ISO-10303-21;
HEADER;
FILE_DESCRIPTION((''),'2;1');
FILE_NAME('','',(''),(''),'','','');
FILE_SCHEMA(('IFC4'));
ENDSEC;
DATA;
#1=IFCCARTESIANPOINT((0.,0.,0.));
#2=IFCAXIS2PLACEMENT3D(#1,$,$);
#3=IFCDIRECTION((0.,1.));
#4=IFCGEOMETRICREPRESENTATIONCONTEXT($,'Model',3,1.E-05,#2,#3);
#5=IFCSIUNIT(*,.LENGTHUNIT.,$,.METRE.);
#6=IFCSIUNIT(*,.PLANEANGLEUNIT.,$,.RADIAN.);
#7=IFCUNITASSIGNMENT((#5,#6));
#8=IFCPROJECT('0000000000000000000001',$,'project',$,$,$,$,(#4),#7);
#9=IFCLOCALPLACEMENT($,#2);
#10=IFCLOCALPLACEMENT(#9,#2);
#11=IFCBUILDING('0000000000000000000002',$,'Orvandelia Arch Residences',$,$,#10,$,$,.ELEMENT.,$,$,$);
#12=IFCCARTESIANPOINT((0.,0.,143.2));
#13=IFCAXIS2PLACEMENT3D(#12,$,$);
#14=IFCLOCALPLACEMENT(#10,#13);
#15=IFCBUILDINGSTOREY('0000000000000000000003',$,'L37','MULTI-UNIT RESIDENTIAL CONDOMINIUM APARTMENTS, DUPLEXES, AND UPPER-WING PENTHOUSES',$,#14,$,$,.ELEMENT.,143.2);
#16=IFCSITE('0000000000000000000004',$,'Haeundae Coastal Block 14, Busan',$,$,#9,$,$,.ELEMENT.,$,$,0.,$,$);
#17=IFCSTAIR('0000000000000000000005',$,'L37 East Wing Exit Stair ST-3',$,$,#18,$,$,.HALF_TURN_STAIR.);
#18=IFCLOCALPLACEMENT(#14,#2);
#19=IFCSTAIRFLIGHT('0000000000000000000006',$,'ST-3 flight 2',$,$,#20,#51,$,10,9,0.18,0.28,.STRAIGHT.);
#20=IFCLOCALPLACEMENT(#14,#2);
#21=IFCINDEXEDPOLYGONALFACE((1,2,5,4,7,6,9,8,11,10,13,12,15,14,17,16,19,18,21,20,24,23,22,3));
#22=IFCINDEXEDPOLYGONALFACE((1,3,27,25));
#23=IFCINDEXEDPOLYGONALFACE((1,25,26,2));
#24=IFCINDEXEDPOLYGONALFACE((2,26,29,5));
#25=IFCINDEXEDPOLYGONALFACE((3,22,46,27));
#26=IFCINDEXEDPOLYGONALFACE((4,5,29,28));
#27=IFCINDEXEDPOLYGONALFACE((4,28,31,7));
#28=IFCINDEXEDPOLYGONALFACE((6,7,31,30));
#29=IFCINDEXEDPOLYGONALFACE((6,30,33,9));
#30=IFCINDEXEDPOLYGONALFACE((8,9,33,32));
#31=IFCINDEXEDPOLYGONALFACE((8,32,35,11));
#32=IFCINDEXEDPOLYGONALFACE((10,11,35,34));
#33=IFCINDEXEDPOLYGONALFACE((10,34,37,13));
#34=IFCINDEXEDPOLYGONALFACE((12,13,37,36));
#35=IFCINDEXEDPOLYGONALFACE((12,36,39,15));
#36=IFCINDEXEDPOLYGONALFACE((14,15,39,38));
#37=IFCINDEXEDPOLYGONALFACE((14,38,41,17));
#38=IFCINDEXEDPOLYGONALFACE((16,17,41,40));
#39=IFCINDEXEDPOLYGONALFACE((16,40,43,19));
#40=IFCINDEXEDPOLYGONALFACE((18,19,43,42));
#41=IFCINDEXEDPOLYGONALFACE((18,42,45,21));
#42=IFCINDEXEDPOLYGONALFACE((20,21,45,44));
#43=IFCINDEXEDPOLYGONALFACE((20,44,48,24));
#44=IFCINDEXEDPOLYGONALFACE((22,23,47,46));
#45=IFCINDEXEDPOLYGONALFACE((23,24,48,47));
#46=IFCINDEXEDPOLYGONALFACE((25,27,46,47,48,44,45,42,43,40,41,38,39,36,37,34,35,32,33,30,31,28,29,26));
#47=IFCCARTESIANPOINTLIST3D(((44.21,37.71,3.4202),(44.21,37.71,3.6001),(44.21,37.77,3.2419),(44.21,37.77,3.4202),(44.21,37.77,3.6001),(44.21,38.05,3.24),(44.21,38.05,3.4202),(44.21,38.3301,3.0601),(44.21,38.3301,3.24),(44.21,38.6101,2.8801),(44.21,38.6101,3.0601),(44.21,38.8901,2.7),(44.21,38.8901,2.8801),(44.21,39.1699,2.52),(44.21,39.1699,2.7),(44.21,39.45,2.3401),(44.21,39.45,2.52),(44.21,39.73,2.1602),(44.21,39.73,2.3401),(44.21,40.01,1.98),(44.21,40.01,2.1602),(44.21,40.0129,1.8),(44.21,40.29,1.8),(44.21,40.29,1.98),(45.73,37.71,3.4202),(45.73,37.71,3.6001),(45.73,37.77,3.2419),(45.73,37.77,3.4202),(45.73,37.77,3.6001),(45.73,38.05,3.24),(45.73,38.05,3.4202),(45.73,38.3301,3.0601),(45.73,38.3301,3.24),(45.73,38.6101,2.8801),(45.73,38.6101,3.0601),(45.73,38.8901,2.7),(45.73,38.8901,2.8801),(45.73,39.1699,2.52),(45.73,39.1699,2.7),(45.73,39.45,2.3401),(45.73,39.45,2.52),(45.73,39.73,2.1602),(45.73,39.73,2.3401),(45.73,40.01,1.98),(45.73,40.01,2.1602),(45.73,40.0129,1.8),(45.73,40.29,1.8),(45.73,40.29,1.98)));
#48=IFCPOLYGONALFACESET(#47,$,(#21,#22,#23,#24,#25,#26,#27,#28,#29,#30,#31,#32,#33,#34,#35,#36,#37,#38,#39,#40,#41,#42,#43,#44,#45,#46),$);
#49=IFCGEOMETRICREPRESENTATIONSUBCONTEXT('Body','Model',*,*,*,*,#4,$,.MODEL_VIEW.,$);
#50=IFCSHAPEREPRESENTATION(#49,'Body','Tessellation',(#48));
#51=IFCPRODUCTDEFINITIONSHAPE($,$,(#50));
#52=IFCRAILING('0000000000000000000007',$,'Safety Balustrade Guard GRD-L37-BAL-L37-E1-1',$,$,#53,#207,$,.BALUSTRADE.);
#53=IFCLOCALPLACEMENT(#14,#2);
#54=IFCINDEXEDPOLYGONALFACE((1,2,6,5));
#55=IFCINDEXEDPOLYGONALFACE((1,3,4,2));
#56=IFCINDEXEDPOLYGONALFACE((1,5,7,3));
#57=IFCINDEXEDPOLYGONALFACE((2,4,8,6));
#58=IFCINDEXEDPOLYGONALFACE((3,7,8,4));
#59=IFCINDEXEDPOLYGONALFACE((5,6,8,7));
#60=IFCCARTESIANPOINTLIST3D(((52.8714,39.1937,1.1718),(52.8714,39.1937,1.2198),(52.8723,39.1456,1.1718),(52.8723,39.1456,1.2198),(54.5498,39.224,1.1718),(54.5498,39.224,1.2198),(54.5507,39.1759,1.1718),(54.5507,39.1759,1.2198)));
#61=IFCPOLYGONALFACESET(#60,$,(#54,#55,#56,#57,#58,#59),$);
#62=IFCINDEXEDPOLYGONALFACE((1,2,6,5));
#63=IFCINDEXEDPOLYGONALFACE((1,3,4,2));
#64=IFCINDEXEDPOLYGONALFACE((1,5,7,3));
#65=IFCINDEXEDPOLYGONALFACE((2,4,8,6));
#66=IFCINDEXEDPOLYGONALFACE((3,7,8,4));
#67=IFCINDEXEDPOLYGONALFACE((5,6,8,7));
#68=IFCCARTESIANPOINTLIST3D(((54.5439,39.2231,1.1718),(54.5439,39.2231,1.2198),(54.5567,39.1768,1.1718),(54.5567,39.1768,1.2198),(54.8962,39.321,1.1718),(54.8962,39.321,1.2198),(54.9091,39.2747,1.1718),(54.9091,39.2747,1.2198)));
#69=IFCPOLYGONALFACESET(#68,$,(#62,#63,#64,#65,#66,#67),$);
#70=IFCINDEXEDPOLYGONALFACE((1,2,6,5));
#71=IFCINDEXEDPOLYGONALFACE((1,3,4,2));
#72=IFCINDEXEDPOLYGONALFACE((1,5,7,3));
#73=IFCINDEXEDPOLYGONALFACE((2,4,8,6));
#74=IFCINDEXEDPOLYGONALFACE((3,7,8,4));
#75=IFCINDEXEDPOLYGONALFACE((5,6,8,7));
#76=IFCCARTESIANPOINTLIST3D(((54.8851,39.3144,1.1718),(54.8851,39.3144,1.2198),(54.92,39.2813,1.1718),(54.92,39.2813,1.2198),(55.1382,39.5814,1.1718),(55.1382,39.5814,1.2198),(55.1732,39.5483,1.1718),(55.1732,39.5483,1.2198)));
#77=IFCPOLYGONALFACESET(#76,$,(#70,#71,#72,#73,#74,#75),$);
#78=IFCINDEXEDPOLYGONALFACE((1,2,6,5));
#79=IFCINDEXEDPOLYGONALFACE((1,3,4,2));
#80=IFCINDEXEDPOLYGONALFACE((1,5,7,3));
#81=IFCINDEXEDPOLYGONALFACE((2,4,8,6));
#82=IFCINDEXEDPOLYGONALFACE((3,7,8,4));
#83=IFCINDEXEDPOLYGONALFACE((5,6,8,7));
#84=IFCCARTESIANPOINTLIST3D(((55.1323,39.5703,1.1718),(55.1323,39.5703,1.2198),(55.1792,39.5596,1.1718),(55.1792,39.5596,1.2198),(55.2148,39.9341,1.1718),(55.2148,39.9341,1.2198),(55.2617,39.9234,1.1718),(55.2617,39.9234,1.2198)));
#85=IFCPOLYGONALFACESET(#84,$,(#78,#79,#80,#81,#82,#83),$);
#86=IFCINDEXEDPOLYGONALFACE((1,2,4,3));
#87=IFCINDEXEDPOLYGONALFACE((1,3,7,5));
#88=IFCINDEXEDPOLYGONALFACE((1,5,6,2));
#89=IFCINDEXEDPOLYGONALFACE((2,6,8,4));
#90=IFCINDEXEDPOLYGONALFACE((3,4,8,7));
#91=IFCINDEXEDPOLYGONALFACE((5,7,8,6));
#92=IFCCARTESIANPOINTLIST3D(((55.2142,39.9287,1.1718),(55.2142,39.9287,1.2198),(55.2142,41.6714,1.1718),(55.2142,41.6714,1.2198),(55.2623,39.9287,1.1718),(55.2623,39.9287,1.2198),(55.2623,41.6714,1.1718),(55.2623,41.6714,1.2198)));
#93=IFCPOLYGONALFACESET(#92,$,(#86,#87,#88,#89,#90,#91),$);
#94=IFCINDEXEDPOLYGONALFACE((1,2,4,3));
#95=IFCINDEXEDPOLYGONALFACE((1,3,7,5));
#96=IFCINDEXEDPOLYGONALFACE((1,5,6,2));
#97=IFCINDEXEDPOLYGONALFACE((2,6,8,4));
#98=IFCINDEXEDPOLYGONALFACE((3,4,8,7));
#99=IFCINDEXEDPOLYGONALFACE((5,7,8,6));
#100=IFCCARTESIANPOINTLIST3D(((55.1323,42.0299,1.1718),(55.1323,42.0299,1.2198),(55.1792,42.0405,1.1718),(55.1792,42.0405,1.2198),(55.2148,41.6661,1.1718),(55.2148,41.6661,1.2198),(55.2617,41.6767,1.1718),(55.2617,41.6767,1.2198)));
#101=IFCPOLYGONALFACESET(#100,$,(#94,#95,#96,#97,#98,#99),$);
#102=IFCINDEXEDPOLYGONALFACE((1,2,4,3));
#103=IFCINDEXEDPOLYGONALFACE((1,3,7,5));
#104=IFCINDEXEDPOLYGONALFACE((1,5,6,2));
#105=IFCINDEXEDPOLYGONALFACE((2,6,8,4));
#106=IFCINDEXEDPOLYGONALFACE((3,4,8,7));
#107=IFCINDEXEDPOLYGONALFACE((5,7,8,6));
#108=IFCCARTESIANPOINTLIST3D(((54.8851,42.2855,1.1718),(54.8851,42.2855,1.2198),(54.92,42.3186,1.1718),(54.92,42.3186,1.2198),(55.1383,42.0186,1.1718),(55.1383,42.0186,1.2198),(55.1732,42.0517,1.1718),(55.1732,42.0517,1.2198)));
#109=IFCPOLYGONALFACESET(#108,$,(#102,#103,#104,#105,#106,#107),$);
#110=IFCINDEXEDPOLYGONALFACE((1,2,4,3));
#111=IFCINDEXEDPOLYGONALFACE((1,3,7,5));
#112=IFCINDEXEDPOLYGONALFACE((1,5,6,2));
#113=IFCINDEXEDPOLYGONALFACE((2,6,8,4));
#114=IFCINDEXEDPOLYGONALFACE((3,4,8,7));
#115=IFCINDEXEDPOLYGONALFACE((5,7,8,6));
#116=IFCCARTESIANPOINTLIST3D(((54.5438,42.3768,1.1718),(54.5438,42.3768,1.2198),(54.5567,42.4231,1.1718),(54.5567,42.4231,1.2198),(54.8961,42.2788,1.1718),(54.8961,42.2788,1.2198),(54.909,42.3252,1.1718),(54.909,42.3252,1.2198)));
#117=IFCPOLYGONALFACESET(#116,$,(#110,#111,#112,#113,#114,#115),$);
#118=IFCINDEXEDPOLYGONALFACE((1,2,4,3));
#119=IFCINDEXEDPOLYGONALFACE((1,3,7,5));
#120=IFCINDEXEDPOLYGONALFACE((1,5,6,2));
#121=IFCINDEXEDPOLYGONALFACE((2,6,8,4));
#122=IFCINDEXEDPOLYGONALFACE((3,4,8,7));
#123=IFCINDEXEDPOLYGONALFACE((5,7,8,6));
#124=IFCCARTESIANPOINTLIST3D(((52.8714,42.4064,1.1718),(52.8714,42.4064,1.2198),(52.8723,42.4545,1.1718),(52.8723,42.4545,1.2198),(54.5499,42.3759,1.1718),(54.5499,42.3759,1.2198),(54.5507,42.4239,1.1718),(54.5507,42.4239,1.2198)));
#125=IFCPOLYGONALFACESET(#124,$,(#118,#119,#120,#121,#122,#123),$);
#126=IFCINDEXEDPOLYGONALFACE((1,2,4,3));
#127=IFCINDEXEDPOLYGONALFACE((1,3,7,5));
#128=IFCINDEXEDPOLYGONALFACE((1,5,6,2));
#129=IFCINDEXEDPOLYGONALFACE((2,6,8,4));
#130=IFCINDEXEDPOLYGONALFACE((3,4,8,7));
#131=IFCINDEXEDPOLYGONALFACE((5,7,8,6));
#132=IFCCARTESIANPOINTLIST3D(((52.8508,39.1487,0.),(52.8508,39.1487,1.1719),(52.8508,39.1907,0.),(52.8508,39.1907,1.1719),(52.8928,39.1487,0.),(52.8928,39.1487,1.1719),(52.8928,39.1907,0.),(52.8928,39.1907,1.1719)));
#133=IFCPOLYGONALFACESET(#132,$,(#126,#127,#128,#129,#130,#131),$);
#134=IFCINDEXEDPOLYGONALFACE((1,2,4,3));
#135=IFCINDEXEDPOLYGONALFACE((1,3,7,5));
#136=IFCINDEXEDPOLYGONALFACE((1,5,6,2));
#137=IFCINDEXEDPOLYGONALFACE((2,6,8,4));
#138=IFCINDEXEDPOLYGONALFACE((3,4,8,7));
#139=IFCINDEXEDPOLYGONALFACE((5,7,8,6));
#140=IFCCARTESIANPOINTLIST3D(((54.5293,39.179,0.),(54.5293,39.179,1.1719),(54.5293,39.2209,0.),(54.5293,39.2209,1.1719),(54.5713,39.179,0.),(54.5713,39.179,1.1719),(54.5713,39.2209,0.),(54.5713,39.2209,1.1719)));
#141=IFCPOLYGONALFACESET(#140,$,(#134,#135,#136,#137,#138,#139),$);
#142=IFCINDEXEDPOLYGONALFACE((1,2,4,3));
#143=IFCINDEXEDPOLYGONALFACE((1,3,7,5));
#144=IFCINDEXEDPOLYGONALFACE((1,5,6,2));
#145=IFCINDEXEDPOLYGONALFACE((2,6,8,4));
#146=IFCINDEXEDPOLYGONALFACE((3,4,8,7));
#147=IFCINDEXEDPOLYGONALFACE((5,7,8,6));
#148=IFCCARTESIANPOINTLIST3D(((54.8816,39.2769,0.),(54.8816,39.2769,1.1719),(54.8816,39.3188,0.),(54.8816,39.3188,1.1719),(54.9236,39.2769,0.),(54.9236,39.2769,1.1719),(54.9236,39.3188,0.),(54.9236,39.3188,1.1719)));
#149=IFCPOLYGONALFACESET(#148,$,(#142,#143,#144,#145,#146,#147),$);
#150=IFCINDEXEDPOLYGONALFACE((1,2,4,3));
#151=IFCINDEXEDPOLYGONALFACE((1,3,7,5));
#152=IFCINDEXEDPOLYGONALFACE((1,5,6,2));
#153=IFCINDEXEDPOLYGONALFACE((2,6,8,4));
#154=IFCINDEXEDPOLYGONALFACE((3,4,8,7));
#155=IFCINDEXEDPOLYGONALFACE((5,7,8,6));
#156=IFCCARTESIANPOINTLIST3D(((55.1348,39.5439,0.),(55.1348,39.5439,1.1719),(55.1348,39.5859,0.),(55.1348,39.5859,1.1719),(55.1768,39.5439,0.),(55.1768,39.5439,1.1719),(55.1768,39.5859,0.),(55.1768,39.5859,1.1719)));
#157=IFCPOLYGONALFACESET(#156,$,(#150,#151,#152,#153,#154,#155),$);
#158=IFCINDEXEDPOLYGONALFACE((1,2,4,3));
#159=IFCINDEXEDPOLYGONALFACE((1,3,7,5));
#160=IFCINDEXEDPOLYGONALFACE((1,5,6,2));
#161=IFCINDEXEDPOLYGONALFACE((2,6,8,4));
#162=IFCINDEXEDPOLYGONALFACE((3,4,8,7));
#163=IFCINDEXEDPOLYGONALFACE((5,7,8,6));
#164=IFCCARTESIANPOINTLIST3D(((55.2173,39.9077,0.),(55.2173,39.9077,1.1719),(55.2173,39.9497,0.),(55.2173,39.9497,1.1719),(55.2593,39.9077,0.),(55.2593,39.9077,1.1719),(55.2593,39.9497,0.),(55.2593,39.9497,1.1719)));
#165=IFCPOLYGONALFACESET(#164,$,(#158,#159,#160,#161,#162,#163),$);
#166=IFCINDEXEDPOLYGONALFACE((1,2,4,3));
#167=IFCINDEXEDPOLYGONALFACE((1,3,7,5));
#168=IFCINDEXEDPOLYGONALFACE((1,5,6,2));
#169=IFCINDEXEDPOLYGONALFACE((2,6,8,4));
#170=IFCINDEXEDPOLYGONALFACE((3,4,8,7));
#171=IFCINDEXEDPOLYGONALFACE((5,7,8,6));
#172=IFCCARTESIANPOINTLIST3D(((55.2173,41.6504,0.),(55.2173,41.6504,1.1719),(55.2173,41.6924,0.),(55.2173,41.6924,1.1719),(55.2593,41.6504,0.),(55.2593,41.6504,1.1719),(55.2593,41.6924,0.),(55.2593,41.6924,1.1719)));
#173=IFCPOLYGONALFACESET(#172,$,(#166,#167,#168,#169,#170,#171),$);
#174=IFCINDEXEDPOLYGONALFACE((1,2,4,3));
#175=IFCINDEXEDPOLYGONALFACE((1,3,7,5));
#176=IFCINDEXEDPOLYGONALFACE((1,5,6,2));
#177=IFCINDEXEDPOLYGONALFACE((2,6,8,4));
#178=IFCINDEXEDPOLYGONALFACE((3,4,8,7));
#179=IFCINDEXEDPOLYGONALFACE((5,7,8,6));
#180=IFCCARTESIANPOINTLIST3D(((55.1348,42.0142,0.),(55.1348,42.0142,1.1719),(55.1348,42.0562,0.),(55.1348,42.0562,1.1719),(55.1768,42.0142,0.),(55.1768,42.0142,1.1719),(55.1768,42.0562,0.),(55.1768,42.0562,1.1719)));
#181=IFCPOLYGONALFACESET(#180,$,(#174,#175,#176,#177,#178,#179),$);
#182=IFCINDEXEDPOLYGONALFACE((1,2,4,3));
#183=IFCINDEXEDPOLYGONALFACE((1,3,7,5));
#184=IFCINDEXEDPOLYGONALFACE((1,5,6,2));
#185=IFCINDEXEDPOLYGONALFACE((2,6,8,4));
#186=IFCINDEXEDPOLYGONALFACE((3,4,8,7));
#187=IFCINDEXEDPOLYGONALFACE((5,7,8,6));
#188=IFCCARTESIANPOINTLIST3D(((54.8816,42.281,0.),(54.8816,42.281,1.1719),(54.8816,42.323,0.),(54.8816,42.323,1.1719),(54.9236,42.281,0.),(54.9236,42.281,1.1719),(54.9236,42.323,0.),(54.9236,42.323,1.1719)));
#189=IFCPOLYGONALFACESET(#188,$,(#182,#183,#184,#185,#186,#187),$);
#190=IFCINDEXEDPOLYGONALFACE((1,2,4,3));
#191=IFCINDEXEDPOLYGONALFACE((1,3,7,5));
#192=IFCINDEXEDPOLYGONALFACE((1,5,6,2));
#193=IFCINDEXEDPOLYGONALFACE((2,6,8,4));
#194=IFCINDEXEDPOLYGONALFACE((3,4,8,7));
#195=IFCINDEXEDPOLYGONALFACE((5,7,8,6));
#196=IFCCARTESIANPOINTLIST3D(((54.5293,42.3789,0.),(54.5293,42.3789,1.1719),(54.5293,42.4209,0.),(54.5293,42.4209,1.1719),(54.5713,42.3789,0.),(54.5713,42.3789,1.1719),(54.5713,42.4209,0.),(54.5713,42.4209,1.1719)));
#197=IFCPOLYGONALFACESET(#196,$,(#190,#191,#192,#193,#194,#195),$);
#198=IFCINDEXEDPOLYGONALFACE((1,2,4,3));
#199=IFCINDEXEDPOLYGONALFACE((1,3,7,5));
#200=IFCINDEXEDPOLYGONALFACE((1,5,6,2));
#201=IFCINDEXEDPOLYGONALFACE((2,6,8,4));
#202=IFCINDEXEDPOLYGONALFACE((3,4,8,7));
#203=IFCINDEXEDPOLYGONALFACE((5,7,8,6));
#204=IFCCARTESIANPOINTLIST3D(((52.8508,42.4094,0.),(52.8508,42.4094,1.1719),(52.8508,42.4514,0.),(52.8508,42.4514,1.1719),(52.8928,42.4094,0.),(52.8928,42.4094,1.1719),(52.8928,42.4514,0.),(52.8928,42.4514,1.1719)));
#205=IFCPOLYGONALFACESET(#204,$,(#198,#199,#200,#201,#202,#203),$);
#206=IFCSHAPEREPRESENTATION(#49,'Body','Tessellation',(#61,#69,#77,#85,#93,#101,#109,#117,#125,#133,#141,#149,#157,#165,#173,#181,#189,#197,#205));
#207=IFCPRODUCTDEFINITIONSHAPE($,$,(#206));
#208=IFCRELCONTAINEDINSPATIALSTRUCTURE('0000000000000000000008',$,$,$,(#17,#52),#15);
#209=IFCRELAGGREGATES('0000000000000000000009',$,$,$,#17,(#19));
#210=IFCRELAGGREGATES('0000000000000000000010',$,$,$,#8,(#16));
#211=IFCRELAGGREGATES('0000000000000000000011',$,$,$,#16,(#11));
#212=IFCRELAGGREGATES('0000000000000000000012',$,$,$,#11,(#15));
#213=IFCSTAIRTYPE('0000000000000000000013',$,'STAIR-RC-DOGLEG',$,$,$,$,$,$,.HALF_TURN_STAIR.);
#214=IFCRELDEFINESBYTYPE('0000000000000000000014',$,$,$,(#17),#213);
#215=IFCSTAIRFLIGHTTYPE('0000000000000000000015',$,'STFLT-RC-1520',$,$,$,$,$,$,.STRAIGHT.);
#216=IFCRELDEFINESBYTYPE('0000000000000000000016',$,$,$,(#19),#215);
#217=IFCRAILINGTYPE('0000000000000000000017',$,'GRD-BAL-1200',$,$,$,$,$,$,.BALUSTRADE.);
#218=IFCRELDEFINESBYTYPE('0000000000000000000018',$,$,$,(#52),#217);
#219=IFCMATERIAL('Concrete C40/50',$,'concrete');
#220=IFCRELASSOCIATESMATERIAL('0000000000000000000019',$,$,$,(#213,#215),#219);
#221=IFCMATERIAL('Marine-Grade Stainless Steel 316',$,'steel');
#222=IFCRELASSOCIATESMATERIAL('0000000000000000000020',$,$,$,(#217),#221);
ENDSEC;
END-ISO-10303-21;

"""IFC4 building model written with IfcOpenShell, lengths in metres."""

from ifc_helpers import new_model, si_unit, direction, frame, origin, origin_2d, place, context, subcontext, project, spatial, polyline, rectangle, outline, extrude, material, type_object, element, aggregate, save


model = new_model("IFC4")

# Units and contexts
model_context = context("Model", 3, precision=1e-05, world=origin(), true_north=direction((0.0, 1.0)))
body_context = subcontext(model_context, "Body", "Model", "MODEL_VIEW")
ifc_project = project(units=[si_unit("LENGTHUNIT", "METRE"), si_unit("PLANEANGLEUNIT", "RADIAN")], contexts=[model_context])

# Site, building, storey
site_placement = place(None, origin())
site = spatial("IfcSite", under=ifc_project, at=site_placement, Name="Haeundae Coastal Block 14, Busan", CompositionType="ELEMENT", RefElevation=0.0)
building_placement = place(site_placement, origin())
building = spatial("IfcBuilding", under=site, at=building_placement, Name="Orvandelia Arch Residences", CompositionType="ELEMENT")
storey_placement = place(building_placement, frame((0.0, 0.0, 143.2)))
storey = spatial("IfcBuildingStorey", under=building, at=storey_placement, Name="L37", Description="MULTI-UNIT RESIDENTIAL CONDOMINIUM APARTMENTS, DUPLEXES, AND UPPER-WING PENTHOUSES", CompositionType="ELEMENT", Elevation=143.2)

# Stair, stair flight
ifc_material_1 = material(Name="Concrete C40/50", Category="concrete")
stair_type = type_object("IfcStairType", Name="STAIR-RC-DOGLEG", PredefinedType="HALF_TURN_STAIR", material=ifc_material_1)
stair_placement = place(storey_placement, origin())
stair = element("IfcStair", 1, at=stair_placement, inside=storey, type_object=stair_type, Name="L37 East Wing Exit Stair ST-3", PredefinedType="HALF_TURN_STAIR")
stair_flight_type = type_object("IfcStairFlightType", Name="STFLT-RC-1520", PredefinedType="STRAIGHT", material=ifc_material_1)
stair_flight_1_placement = place(storey_placement, frame((44.97, 40.29, 1.8), z_axis=(0.0, 0.0, 1.0), x_axis=(0.0, -1.0, 0.0)))
stair_flight_1 = element("IfcStairFlight", 2, at=stair_flight_1_placement, type_object=stair_flight_type, Name="ST-3 flight 2", NumberOfRisers=10, NumberOfTreads=9, PredefinedType="STRAIGHT", RiserHeight=0.18, TreadLength=0.28, context=body_context, shape_type="SweptSolid", body=[
    extrude(outline(polyline([(0.0, 0.0), (0.0, 0.1799), (0.28, 0.1799), (0.28, 0.3601), (0.5601, 0.3601), (0.5601, 0.54), (0.8401, 0.54), (0.8401, 0.72), (1.1201, 0.72), (1.1201, 0.8999), (1.3999, 0.8999), (1.3999, 1.0801), (1.6799, 1.0801), (1.6799, 1.26), (1.96, 1.26), (1.96, 1.4399), (2.24, 1.4399), (2.24, 1.6201), (2.52, 1.6201), (2.52, 1.8), (2.5801, 1.8), (2.5801, 1.6201), (2.52, 1.4419), (0.2771, 0.0), (0.0, 0.0)])), frame((0.0, 0.76, 0.0), z_axis=(0.0, -1.0, 0.0), x_axis=(1.0, 0.0, 0.0)), (0.0, 0.0, 1.0), 1.52),
])
aggregate(stair, [stair_flight_1])

# Railing
ifc_material_2 = material(Name="Marine-Grade Stainless Steel 316", Category="steel")
railing_type_1 = type_object("IfcRailingType", Name="GRD-BAL-1200", PredefinedType="BALUSTRADE", material=ifc_material_2)
railing_1_placement = place(storey_placement, frame((52.8718, 39.1697, 0.0)))
element("IfcRailing", 3, at=railing_1_placement, inside=storey, type_object=railing_type_1, Name="Safety Balustrade Guard GRD-L37-BAL-L37-E1-1", PredefinedType="BALUSTRADE", context=body_context, shape_type="SweptSolid", body=[
    extrude(rectangle(XDim=0.0481, YDim=0.0481, at=origin_2d()), frame((0.0, 0.0, 1.1958), z_axis=(0.999837, 0.018033, 0.0), x_axis=(-0.018033, 0.999837, 0.0)), (0.0, 0.0, 1.0), 1.6787),
    extrude(rectangle(XDim=0.0481, YDim=0.0481, at=origin_2d()), frame((1.6785, 0.0303, 1.1958), z_axis=(0.963489, 0.267747, 0.0), x_axis=(-0.267747, 0.963489, 0.0)), (0.0, 0.0, 1.0), 0.3657),
    extrude(rectangle(XDim=0.0481, YDim=0.0481, at=origin_2d()), frame((2.0308, 0.1282, 1.1958), z_axis=(0.687947, 0.725761, 0.0), x_axis=(-0.725761, 0.687947, 0.0)), (0.0, 0.0, 1.0), 0.3679),
    extrude(rectangle(XDim=0.0481, YDim=0.0481, at=origin_2d()), frame((2.2839, 0.3953, 1.1958), z_axis=(0.221225, 0.975223, 0.0), x_axis=(-0.975223, 0.221225, 0.0)), (0.0, 0.0, 1.0), 0.373),
    extrude(rectangle(XDim=0.0481, YDim=0.0481, at=origin_2d()), frame((2.3665, 0.759, 1.1958), z_axis=(0.0, 1.0, 0.0), x_axis=(-1.0, 0.0, 0.0)), (0.0, 0.0, 1.0), 1.7427),
    extrude(rectangle(XDim=0.0481, YDim=0.0481, at=origin_2d()), frame((2.3665, 2.5017, 1.1958), z_axis=(-0.221225, 0.975223, 0.0), x_axis=(-0.975223, -0.221225, 0.0)), (0.0, 0.0, 1.0), 0.373),
    extrude(rectangle(XDim=0.0481, YDim=0.0481, at=origin_2d()), frame((2.2839, 2.8655, 1.1958), z_axis=(-0.688278, 0.725447, 0.0), x_axis=(-0.725447, -0.688278, 0.0)), (0.0, 0.0, 1.0), 0.3679),
    extrude(rectangle(XDim=0.0481, YDim=0.0481, at=origin_2d()), frame((2.0308, 3.1323, 1.1958), z_axis=(-0.963489, 0.267747, 0.0), x_axis=(-0.267747, -0.963489, 0.0)), (0.0, 0.0, 1.0), 0.3657),
    extrude(rectangle(XDim=0.0481, YDim=0.0481, at=origin_2d()), frame((1.6785, 3.2302, 1.1958), z_axis=(-0.999835, 0.018179, 0.0), x_axis=(-0.018179, -0.999835, 0.0)), (0.0, 0.0, 1.0), 1.6787),
    extrude(rectangle(XDim=0.042, YDim=0.042, at=origin_2d()), origin(), (0.0, 0.0, 1.0), 1.1719),
    extrude(rectangle(XDim=0.042, YDim=0.042, at=origin_2d()), frame((1.6785, 0.0303, 0.0)), (0.0, 0.0, 1.0), 1.1719),
    extrude(rectangle(XDim=0.042, YDim=0.042, at=origin_2d()), frame((2.0308, 0.1282, 0.0)), (0.0, 0.0, 1.0), 1.1719),
    extrude(rectangle(XDim=0.042, YDim=0.042, at=origin_2d()), frame((2.2839, 0.3953, 0.0)), (0.0, 0.0, 1.0), 1.1719),
    extrude(rectangle(XDim=0.042, YDim=0.042, at=origin_2d()), frame((2.3665, 0.759, 0.0)), (0.0, 0.0, 1.0), 1.1719),
    extrude(rectangle(XDim=0.042, YDim=0.042, at=origin_2d()), frame((2.3665, 2.5017, 0.0)), (0.0, 0.0, 1.0), 1.1719),
    extrude(rectangle(XDim=0.042, YDim=0.042, at=origin_2d()), frame((2.2839, 2.8655, 0.0)), (0.0, 0.0, 1.0), 1.1719),
    extrude(rectangle(XDim=0.042, YDim=0.042, at=origin_2d()), frame((2.0308, 3.1323, 0.0)), (0.0, 0.0, 1.0), 1.1719),
    extrude(rectangle(XDim=0.042, YDim=0.042, at=origin_2d()), frame((1.6785, 3.2302, 0.0)), (0.0, 0.0, 1.0), 1.1719),
    extrude(rectangle(XDim=0.042, YDim=0.042, at=origin_2d()), frame((0.0, 3.2607, 0.0)), (0.0, 0.0, 1.0), 1.1719),
])

save(model, "model.ifc")
